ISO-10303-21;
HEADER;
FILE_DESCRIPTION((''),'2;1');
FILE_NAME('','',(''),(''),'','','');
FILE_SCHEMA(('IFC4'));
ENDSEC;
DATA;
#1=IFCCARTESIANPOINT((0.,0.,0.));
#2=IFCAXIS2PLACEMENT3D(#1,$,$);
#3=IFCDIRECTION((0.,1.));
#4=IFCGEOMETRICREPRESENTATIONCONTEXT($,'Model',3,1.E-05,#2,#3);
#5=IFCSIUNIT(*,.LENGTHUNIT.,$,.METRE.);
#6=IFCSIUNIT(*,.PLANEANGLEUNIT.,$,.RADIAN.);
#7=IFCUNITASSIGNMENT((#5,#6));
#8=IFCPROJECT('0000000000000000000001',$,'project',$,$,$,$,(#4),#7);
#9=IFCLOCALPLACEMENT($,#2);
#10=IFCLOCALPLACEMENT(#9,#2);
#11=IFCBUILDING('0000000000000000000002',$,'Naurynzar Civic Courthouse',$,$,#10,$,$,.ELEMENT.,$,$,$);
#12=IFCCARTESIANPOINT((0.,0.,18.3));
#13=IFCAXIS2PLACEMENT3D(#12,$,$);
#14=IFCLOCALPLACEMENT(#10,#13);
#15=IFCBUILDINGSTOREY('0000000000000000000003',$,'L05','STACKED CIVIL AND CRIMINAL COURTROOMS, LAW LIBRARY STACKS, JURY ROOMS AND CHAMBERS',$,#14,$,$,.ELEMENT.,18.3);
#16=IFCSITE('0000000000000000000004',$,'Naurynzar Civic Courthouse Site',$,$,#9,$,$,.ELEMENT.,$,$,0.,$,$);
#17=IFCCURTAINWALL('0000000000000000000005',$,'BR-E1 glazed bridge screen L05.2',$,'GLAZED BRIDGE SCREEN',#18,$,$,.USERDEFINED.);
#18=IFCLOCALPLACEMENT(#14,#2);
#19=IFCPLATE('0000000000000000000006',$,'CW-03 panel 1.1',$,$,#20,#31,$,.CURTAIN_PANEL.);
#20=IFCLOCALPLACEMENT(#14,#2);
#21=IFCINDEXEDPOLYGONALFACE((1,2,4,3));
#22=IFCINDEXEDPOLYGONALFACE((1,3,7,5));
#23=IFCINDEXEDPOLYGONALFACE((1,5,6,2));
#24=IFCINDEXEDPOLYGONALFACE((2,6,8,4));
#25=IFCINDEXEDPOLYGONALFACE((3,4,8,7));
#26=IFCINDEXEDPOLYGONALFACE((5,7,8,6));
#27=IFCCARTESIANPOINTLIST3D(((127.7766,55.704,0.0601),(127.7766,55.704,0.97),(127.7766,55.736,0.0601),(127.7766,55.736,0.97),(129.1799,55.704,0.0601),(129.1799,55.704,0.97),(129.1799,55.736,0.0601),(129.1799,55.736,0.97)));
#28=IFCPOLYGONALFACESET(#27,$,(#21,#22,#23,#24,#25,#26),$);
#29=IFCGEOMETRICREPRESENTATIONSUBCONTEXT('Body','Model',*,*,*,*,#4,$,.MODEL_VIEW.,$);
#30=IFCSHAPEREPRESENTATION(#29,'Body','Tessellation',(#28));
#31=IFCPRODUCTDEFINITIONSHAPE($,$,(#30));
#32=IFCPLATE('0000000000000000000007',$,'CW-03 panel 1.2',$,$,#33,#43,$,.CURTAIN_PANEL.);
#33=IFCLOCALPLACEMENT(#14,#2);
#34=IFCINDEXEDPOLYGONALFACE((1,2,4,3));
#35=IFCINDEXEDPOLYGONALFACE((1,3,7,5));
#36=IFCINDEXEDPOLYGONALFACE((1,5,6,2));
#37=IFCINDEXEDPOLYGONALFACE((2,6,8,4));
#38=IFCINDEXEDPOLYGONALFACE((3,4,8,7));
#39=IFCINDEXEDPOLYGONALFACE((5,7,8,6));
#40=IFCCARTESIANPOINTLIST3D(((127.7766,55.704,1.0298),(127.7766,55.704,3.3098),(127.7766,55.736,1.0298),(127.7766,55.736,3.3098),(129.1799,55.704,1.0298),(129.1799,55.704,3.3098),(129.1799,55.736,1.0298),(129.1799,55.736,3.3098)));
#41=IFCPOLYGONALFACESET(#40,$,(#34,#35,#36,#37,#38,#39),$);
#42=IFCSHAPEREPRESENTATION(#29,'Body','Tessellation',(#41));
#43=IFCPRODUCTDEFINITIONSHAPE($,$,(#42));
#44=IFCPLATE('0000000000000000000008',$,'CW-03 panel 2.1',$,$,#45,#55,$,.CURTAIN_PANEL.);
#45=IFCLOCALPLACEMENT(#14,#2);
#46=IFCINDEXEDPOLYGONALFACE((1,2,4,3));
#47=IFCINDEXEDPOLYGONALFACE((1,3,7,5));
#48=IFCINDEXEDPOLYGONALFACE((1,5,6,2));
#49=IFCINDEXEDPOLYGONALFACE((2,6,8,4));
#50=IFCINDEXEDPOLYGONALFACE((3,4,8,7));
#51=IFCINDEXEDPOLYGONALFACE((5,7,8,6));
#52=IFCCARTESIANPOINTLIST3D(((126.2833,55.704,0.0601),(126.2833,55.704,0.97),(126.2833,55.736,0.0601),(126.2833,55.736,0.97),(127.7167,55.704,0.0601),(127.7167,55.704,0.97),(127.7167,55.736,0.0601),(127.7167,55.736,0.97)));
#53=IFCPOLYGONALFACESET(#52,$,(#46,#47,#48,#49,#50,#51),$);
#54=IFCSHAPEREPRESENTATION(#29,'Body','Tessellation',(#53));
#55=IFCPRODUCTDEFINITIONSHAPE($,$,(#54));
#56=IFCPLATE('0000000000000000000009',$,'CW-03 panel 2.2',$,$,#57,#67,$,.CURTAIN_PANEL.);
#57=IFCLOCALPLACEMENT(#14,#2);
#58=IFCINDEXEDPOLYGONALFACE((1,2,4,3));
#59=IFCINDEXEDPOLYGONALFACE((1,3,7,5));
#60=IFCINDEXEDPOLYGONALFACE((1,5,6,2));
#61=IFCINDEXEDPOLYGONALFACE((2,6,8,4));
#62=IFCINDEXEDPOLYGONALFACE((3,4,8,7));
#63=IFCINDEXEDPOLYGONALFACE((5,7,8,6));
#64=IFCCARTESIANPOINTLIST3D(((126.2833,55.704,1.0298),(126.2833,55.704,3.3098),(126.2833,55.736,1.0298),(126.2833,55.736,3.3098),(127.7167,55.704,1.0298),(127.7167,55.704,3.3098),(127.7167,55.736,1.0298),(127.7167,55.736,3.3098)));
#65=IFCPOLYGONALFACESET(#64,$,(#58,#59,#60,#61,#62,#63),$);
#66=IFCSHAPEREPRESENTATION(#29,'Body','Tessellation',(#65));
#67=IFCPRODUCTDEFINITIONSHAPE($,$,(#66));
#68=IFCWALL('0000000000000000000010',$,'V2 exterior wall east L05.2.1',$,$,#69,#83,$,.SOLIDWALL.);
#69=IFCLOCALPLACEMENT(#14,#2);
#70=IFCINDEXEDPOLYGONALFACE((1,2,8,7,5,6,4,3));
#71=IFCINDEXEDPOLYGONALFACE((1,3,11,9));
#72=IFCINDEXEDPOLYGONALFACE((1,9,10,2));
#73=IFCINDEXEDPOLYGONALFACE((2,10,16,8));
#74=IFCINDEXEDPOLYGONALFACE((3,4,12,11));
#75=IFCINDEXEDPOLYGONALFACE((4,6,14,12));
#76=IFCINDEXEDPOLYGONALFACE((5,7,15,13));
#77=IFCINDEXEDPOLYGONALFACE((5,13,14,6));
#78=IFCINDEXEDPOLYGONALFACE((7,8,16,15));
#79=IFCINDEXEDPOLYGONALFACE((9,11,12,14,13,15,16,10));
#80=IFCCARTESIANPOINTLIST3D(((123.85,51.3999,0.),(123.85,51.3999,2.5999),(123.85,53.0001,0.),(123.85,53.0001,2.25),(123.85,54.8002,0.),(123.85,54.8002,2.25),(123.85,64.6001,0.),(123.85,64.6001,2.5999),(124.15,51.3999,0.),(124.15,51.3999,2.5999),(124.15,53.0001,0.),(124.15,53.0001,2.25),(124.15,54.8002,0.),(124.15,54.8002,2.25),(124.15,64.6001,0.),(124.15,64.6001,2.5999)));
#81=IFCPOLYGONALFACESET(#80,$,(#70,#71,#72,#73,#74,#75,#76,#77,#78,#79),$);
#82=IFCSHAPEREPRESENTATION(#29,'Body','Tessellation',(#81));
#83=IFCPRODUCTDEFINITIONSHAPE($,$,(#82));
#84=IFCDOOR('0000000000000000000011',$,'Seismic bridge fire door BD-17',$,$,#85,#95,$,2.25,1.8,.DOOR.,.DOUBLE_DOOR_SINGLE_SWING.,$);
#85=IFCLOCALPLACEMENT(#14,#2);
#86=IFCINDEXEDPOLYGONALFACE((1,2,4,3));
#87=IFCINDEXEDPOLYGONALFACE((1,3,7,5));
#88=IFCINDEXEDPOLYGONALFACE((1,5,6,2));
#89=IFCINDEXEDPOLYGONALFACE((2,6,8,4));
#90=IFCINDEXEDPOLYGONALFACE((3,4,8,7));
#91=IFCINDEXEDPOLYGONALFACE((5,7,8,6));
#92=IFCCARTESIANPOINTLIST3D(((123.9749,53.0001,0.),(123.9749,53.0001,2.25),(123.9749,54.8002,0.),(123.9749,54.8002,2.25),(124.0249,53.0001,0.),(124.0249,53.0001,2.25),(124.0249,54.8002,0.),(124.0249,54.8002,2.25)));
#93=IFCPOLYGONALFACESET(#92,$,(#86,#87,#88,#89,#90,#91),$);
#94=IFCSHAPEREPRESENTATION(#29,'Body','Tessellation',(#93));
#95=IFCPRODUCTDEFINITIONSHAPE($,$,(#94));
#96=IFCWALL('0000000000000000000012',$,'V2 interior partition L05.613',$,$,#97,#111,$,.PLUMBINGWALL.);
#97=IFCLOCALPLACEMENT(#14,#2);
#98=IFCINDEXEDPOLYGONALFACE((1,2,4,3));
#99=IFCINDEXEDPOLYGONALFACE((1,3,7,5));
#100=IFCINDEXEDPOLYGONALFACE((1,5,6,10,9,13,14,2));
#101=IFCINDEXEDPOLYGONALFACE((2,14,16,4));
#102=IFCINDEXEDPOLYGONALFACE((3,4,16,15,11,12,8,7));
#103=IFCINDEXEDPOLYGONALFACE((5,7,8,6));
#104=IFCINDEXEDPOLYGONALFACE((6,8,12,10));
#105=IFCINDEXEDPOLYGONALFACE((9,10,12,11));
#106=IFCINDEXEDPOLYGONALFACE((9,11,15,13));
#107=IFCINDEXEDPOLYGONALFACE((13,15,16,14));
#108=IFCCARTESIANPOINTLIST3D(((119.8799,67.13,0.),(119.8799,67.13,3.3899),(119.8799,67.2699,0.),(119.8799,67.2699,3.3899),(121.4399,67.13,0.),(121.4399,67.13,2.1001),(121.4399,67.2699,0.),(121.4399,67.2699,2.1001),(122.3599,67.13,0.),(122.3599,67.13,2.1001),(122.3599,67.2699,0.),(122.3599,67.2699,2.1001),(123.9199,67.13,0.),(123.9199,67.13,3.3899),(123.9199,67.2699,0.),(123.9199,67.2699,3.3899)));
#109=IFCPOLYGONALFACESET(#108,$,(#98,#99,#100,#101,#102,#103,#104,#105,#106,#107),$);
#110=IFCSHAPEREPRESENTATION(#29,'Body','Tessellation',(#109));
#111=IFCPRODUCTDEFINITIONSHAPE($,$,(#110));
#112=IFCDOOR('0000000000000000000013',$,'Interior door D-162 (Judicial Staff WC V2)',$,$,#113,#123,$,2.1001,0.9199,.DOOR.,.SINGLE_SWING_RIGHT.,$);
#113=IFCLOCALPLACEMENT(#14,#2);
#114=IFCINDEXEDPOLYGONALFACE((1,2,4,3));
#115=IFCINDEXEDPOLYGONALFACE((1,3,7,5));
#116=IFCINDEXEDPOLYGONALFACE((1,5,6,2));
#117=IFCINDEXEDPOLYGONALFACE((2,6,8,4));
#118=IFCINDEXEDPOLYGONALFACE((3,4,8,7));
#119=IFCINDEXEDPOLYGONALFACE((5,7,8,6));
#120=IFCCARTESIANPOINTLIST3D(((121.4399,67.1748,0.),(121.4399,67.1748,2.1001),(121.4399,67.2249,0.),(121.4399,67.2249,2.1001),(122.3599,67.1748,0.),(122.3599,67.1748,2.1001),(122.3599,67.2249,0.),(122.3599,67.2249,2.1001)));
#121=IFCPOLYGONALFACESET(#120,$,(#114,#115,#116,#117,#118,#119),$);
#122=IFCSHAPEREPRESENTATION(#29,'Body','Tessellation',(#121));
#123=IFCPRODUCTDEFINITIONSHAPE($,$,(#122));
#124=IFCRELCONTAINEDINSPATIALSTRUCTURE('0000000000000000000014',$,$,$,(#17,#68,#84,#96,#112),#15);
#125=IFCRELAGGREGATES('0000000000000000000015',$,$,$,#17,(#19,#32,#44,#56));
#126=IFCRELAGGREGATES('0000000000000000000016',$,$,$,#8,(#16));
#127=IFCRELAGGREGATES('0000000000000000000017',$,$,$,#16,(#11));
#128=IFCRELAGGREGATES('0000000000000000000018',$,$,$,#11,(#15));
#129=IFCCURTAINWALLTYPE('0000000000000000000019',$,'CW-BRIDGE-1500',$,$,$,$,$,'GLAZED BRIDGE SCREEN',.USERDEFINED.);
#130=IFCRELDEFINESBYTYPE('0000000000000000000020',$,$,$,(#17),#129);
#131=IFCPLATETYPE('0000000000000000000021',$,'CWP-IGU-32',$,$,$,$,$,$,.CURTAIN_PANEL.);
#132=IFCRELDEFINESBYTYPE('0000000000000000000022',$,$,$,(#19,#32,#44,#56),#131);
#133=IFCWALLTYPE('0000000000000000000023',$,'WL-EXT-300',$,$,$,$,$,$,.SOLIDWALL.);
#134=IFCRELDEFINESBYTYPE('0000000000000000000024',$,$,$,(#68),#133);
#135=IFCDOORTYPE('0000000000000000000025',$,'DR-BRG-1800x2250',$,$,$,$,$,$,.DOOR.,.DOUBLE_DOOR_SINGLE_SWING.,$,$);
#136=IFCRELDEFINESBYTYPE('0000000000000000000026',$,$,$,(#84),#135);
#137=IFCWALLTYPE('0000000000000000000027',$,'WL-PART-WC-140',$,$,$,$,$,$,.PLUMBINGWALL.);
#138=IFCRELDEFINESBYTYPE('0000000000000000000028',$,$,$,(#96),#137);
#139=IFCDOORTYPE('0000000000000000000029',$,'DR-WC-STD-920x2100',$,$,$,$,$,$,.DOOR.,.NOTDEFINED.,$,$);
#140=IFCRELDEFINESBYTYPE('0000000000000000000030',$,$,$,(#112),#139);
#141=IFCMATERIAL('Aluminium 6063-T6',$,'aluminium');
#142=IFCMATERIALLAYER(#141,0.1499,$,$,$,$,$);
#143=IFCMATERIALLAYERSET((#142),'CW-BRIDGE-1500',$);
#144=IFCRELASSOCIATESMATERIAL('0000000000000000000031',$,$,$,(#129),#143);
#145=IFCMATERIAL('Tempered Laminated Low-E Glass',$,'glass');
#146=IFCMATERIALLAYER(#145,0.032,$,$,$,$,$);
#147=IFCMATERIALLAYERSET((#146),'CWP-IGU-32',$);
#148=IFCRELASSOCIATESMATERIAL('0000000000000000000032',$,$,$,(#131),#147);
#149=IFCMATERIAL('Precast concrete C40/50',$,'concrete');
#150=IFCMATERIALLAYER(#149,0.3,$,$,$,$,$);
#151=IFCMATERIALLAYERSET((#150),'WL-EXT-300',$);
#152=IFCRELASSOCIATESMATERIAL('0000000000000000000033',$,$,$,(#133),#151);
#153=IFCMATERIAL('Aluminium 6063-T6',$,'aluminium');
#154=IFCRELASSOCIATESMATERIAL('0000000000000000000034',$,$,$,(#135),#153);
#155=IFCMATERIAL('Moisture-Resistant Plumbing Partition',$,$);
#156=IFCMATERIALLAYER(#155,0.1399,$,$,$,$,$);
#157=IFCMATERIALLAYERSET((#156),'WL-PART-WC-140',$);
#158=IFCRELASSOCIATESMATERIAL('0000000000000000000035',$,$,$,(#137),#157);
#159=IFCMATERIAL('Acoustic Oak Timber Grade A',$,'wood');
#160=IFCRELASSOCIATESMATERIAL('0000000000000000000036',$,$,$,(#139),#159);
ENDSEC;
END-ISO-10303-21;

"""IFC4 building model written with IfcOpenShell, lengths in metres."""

from ifc_helpers import new_model, si_unit, direction, frame, frame_2d, origin, origin_2d, place, context, subcontext, project, spatial, rectangle, extrude, material, layer, layer_set, type_object, element, fill, aggregate, save


model = new_model("IFC4")

# Units and contexts
model_context = context("Model", 3, precision=1e-05, world=origin(), true_north=direction((0.0, 1.0)))
body_context = subcontext(model_context, "Body", "Model", "MODEL_VIEW")
ifc_project = project(units=[si_unit("LENGTHUNIT", "METRE"), si_unit("PLANEANGLEUNIT", "RADIAN")], contexts=[model_context])

# Site, building, storey
site_placement = place(None, origin())
site = spatial("IfcSite", under=ifc_project, at=site_placement, Name="Naurynzar Civic Courthouse Site", CompositionType="ELEMENT", RefElevation=0.0)
building_placement = place(site_placement, origin())
building = spatial("IfcBuilding", under=site, at=building_placement, Name="Naurynzar Civic Courthouse", CompositionType="ELEMENT")
storey_placement = place(building_placement, frame((0.0, 0.0, 18.3)))
storey = spatial("IfcBuildingStorey", under=building, at=storey_placement, Name="L05", Description="STACKED CIVIL AND CRIMINAL COURTROOMS, LAW LIBRARY STACKS, JURY ROOMS AND CHAMBERS", CompositionType="ELEMENT", Elevation=18.3)

# Curtain wall, plates
ifc_material_1 = material(Name="Aluminium 6063-T6", Category="aluminium")
ifc_layer_1 = layer(ifc_material_1, 0.1499)
ifc_layer_set_1 = layer_set([ifc_layer_1], Name="CW-BRIDGE-1500")
curtain_wall_type = type_object("IfcCurtainWallType", Name="CW-BRIDGE-1500", ElementType="GLAZED BRIDGE SCREEN", PredefinedType="USERDEFINED", material=ifc_layer_set_1)
curtain_wall_placement = place(storey_placement, origin())
curtain_wall = element("IfcCurtainWall", 1, at=curtain_wall_placement, inside=storey, type_object=curtain_wall_type, Name="BR-E1 glazed bridge screen L05.2", ObjectType="GLAZED BRIDGE SCREEN", PredefinedType="USERDEFINED")
ifc_material_2 = material(Name="Tempered Laminated Low-E Glass", Category="glass")
ifc_layer_2 = layer(ifc_material_2, 0.032)
ifc_layer_set_2 = layer_set([ifc_layer_2], Name="CWP-IGU-32")
plate_type = type_object("IfcPlateType", Name="CWP-IGU-32", PredefinedType="CURTAIN_PANEL", material=ifc_layer_set_2)
plate_1_placement = place(storey_placement, frame((128.4783, 55.72, 0.0601), z_axis=(0.0, 0.0, 1.0), x_axis=(-1.0, 0.0, 0.0)))
plate_1 = element("IfcPlate", 2, at=plate_1_placement, type_object=plate_type, Name="CW-03 panel 1.1", PredefinedType="CURTAIN_PANEL", context=body_context, shape_type="SweptSolid", body=[
    extrude(rectangle(XDim=1.4033, YDim=0.032, at=origin_2d()), origin(), (0.0, 0.0, 1.0), 0.9099),
])
plate_2_placement = place(storey_placement, frame((128.4783, 55.72, 1.0298), z_axis=(0.0, 0.0, 1.0), x_axis=(-1.0, 0.0, 0.0)))
plate_2 = element("IfcPlate", 3, at=plate_2_placement, type_object=plate_type, Name="CW-03 panel 1.2", PredefinedType="CURTAIN_PANEL", context=body_context, shape_type="SweptSolid", body=[
    extrude(rectangle(XDim=1.4033, YDim=0.032, at=origin_2d()), origin(), (0.0, 0.0, 1.0), 2.28),
])
plate_3_placement = place(storey_placement, frame((127.0, 55.72, 0.0601), z_axis=(0.0, 0.0, 1.0), x_axis=(-1.0, 0.0, 0.0)))
plate_3 = element("IfcPlate", 4, at=plate_3_placement, type_object=plate_type, Name="CW-03 panel 2.1", PredefinedType="CURTAIN_PANEL", context=body_context, shape_type="SweptSolid", body=[
    extrude(rectangle(XDim=1.4333, YDim=0.032, at=origin_2d()), origin(), (0.0, 0.0, 1.0), 0.9099),
])
plate_4_placement = place(storey_placement, frame((127.0, 55.72, 1.0298), z_axis=(0.0, 0.0, 1.0), x_axis=(-1.0, 0.0, 0.0)))
plate_4 = element("IfcPlate", 5, at=plate_4_placement, type_object=plate_type, Name="CW-03 panel 2.2", PredefinedType="CURTAIN_PANEL", context=body_context, shape_type="SweptSolid", body=[
    extrude(rectangle(XDim=1.4333, YDim=0.032, at=origin_2d()), origin(), (0.0, 0.0, 1.0), 2.28),
])
aggregate(curtain_wall, [plate_1, plate_2, plate_3, plate_4])

# Walls, openings, doors
ifc_material_3 = material(Name="Precast concrete C40/50", Category="concrete")
ifc_layer_3 = layer(ifc_material_3, 0.3)
ifc_layer_set_3 = layer_set([ifc_layer_3], Name="WL-EXT-300")
wall_type_1 = type_object("IfcWallType", Name="WL-EXT-300", PredefinedType="SOLIDWALL", material=ifc_layer_set_3)
wall_1_placement = place(storey_placement, frame((124.0, 64.6001, 0.0), z_axis=(0.0, 0.0, 1.0), x_axis=(0.0, -1.0, 0.0)))
wall_1 = element("IfcWall", 6, at=wall_1_placement, inside=storey, type_object=wall_type_1, Name="V2 exterior wall east L05.2.1", PredefinedType="SOLIDWALL", context=body_context, shape_type="SweptSolid", body=[
    extrude(rectangle(XDim=13.2002, YDim=0.3, at=frame_2d((6.6001, 0.0))), origin(), (0.0, 0.0, 1.0), 2.5999),
])
opening_1_placement = place(wall_1_placement, frame((9.8, 0.0, 0.0)))
opening_1 = element("IfcOpeningElement", 7, at=opening_1_placement, cuts=wall_1, PredefinedType="OPENING", context=body_context, shape_type="SweptSolid", body=[
    extrude(rectangle(XDim=1.8, YDim=2.25, at=frame_2d((0.8999, 1.125))), frame((0.0, 0.1599, 0.0), z_axis=(0.0, -1.0, 0.0), x_axis=(1.0, 0.0, 0.0)), (0.0, 0.0, 1.0), 0.3201),
])
ifc_material_4 = material(Name="Aluminium 6063-T6", Category="aluminium")
door_type_1 = type_object("IfcDoorType", Name="DR-BRG-1800x2250", OperationType="DOUBLE_DOOR_SINGLE_SWING", PredefinedType="DOOR", material=ifc_material_4)
door_1_placement = place(opening_1_placement, origin())
door_1 = element("IfcDoor", 8, at=door_1_placement, inside=storey, type_object=door_type_1, Name="Seismic bridge fire door BD-17", OperationType="DOUBLE_DOOR_SINGLE_SWING", OverallHeight=2.25, OverallWidth=1.8, PredefinedType="DOOR", context=body_context, shape_type="SweptSolid", body=[
    extrude(rectangle(XDim=1.8, YDim=2.25, at=frame_2d((0.8999, 1.125))), frame((0.0, 0.0249, 0.0), z_axis=(0.0, -1.0, 0.0), x_axis=(1.0, 0.0, 0.0)), (0.0, 0.0, 1.0), 0.05),
])
fill(opening_1, door_1)
ifc_material_5 = material(Name="Moisture-Resistant Plumbing Partition")
ifc_layer_4 = layer(ifc_material_5, 0.1399)
ifc_layer_set_4 = layer_set([ifc_layer_4], Name="WL-PART-WC-140")
wall_type_2 = type_object("IfcWallType", Name="WL-PART-WC-140", PredefinedType="PLUMBINGWALL", material=ifc_layer_set_4)
wall_2_placement = place(storey_placement, frame((119.8799, 67.2, 0.0), z_axis=(0.0, 0.0, 1.0), x_axis=(1.0, 0.0, 0.0)))
wall_2 = element("IfcWall", 9, at=wall_2_placement, inside=storey, type_object=wall_type_2, Name="V2 interior partition L05.613", PredefinedType="PLUMBINGWALL", context=body_context, shape_type="SweptSolid", body=[
    extrude(rectangle(XDim=4.04, YDim=0.1399, at=frame_2d((2.02, 0.0))), origin(), (0.0, 0.0, 1.0), 3.3899),
])
opening_2_placement = place(wall_2_placement, frame((1.5601, 0.0, 0.0)))
opening_2 = element("IfcOpeningElement", 10, at=opening_2_placement, cuts=wall_2, PredefinedType="OPENING", context=body_context, shape_type="SweptSolid", body=[
    extrude(rectangle(XDim=0.9199, YDim=2.1001, at=frame_2d((0.46, 1.05))), frame((0.0, 0.0798, 0.0), z_axis=(0.0, -1.0, 0.0), x_axis=(1.0, 0.0, 0.0)), (0.0, 0.0, 1.0), 0.1599),
])
ifc_material_6 = material(Name="Acoustic Oak Timber Grade A", Category="wood")
door_type_2 = type_object("IfcDoorType", Name="DR-WC-STD-920x2100", OperationType="NOTDEFINED", PredefinedType="DOOR", material=ifc_material_6)
door_2_placement = place(opening_2_placement, origin())
door_2 = element("IfcDoor", 11, at=door_2_placement, inside=storey, type_object=door_type_2, Name="Interior door D-162 (Judicial Staff WC V2)", OperationType="SINGLE_SWING_RIGHT", OverallHeight=2.1001, OverallWidth=0.9199, PredefinedType="DOOR", context=body_context, shape_type="SweptSolid", body=[
    extrude(rectangle(XDim=0.9199, YDim=2.1001, at=frame_2d((0.46, 1.05))), frame((0.0, 0.0249, 0.0), z_axis=(0.0, -1.0, 0.0), x_axis=(1.0, 0.0, 0.0)), (0.0, 0.0, 1.0), 0.05),
])
fill(opening_2, door_2)

save(model, "model.ifc")
